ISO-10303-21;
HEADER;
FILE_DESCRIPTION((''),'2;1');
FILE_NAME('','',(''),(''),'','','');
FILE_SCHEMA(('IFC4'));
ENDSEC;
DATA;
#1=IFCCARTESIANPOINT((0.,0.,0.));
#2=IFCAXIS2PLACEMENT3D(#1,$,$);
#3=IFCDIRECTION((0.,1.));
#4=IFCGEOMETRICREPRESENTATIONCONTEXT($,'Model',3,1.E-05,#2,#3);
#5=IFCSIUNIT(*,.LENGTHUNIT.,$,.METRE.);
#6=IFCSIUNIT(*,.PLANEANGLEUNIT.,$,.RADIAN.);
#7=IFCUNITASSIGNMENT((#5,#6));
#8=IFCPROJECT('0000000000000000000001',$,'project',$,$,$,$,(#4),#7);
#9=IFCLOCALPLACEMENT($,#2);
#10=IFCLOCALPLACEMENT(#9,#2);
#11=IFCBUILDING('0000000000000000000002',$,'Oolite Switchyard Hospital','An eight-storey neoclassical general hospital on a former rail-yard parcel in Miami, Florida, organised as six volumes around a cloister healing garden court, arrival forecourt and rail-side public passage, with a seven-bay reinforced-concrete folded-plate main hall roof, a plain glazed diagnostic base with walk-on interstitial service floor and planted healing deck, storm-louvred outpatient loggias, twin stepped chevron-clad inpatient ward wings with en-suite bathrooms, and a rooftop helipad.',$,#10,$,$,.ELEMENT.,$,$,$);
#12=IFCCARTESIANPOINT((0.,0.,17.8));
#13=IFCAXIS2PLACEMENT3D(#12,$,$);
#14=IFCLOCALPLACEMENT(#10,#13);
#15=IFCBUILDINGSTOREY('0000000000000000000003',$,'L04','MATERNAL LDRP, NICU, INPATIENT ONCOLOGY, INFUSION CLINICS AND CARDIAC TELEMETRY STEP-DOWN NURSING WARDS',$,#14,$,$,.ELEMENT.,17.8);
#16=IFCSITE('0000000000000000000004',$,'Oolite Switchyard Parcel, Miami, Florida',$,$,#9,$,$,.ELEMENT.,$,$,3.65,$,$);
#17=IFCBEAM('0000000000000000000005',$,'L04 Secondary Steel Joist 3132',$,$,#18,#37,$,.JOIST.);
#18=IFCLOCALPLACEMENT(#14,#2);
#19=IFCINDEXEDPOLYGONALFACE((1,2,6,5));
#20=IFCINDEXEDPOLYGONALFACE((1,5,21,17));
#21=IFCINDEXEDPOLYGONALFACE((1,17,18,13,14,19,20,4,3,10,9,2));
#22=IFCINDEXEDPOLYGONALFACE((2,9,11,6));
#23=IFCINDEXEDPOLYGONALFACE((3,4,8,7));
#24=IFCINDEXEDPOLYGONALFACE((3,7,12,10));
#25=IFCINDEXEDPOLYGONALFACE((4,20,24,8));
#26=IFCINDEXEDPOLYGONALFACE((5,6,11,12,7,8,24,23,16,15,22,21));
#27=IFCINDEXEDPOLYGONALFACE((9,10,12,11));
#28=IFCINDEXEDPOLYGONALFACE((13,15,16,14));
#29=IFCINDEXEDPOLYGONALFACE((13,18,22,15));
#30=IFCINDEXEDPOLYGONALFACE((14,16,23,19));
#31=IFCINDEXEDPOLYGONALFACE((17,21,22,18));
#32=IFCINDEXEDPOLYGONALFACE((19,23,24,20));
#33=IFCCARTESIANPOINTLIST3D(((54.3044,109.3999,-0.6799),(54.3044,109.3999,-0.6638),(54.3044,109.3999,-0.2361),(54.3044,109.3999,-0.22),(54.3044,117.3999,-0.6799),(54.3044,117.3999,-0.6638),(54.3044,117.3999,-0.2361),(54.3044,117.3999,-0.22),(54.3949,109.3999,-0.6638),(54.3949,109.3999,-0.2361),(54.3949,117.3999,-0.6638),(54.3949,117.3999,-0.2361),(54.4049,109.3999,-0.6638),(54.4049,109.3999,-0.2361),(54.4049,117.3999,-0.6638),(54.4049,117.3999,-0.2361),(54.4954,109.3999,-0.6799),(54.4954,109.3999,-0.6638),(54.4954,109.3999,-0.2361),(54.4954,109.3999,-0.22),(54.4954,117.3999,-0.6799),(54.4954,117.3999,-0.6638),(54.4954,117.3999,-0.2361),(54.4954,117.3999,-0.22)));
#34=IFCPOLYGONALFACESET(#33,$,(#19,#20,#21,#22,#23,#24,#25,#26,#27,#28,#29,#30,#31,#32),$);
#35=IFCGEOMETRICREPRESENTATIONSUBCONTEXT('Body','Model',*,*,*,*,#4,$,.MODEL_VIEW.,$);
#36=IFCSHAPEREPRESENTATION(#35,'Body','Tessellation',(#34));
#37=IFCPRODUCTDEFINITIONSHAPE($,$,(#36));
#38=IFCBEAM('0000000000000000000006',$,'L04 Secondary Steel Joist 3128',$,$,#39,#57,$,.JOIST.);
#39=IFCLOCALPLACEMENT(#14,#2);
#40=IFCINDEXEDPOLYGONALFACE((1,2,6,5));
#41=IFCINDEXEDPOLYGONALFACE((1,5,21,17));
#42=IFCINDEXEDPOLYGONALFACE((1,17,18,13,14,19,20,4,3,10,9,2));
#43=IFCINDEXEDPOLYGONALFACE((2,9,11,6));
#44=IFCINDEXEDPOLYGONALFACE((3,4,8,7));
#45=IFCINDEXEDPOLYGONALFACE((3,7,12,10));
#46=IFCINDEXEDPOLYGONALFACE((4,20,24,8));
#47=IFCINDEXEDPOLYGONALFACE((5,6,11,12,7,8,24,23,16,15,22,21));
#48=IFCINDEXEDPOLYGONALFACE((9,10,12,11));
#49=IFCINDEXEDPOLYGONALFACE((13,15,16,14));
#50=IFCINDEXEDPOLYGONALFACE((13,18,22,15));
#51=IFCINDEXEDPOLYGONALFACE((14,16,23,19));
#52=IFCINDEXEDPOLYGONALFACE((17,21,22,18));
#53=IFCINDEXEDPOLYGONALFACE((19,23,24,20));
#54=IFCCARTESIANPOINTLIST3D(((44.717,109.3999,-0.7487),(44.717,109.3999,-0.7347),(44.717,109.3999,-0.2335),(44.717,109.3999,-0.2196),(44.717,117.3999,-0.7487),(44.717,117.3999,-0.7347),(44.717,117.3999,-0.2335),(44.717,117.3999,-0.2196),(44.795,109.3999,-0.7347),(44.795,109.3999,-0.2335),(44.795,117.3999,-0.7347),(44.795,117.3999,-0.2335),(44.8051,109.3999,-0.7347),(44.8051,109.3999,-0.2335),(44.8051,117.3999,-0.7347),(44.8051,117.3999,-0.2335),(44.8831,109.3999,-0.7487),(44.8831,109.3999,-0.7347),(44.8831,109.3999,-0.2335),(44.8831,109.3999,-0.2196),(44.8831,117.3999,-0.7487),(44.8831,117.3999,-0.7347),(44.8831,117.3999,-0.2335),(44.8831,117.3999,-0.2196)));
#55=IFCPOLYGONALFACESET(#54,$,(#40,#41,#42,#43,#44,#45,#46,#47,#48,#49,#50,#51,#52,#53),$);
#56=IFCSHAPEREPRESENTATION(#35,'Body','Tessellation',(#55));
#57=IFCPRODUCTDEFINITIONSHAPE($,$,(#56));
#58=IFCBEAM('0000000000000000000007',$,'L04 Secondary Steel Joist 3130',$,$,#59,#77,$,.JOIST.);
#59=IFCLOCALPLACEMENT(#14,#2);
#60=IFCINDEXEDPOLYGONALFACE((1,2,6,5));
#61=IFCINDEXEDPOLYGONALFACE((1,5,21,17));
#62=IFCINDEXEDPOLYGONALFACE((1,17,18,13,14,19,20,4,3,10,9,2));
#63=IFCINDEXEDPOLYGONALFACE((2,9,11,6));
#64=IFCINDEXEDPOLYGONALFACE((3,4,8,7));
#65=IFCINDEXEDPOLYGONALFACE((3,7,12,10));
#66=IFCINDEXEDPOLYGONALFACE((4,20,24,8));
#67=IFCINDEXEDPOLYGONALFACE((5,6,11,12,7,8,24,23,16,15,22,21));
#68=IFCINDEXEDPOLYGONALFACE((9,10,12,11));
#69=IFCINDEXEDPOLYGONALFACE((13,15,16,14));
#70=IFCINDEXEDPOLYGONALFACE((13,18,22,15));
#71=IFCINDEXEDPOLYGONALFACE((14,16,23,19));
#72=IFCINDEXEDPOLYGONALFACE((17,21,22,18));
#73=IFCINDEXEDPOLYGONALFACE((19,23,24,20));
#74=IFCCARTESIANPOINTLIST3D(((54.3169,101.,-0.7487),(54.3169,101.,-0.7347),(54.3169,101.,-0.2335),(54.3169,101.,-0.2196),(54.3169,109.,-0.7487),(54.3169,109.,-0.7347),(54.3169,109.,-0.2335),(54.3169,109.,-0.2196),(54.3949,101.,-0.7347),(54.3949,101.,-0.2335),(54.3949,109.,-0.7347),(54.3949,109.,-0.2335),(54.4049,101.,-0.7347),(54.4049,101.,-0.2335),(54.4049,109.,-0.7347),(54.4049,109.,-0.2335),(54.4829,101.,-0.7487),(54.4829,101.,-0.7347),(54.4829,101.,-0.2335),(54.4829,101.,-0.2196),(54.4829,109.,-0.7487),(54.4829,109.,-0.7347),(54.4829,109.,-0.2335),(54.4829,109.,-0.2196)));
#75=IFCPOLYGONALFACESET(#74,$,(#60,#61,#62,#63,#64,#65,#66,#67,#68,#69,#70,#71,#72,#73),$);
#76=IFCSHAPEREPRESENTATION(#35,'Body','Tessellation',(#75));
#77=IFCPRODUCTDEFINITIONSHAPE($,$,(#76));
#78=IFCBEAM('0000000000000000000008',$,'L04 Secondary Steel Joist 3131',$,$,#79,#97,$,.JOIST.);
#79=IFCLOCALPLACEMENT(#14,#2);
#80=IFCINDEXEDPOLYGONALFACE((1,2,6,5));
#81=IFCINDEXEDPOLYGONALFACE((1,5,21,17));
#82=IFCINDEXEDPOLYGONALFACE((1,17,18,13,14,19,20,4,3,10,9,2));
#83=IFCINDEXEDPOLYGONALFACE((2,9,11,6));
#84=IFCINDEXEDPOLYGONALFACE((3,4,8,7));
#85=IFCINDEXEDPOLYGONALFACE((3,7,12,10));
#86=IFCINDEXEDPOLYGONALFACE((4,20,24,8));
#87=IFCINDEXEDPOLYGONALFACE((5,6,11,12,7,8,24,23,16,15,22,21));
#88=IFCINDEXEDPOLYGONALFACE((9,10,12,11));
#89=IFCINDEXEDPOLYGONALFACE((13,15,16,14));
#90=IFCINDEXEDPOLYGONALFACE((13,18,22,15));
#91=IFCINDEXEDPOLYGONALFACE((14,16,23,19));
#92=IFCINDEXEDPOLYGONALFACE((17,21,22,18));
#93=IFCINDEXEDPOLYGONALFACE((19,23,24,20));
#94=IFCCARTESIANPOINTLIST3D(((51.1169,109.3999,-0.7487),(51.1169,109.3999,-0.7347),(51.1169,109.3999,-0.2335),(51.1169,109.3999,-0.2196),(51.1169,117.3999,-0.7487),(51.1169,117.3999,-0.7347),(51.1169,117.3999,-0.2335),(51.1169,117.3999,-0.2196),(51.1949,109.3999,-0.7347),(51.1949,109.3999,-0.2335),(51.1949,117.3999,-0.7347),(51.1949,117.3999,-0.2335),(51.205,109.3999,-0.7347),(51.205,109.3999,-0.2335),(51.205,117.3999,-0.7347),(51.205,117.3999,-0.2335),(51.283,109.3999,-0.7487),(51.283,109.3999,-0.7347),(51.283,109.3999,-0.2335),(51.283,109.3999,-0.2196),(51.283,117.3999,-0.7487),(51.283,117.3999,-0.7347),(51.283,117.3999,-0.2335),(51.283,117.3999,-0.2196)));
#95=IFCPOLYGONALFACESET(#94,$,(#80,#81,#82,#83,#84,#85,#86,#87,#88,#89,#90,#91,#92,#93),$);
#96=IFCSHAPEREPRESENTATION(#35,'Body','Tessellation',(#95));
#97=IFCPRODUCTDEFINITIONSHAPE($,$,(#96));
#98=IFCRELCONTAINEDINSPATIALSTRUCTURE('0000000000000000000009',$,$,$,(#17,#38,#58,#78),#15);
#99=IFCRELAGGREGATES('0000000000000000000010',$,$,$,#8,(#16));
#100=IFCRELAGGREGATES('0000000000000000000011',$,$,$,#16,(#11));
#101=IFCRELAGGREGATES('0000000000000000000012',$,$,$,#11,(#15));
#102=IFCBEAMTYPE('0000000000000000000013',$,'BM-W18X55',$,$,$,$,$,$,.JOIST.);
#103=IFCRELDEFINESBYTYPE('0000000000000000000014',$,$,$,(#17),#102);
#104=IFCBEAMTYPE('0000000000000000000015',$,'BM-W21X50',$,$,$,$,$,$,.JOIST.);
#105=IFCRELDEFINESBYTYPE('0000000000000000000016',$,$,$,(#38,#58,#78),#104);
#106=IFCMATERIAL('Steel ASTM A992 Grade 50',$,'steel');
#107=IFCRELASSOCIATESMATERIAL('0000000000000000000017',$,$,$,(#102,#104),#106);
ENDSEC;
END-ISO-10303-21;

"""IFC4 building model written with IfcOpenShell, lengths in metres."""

from ifc_helpers import new_model, si_unit, direction, frame, origin, origin_2d, place, context, subcontext, project, spatial, i_section, extrude, material, material_profile, profile_set, type_object, element, save


model = new_model("IFC4")

# Units and contexts
model_context = context("Model", 3, precision=1e-05, world=origin(), true_north=direction((0.0, 1.0)))
body_context = subcontext(model_context, "Body", "Model", "MODEL_VIEW")
ifc_project = project(units=[si_unit("LENGTHUNIT", "METRE"), si_unit("PLANEANGLEUNIT", "RADIAN")], contexts=[model_context])

# Site, building, storey
site_placement = place(None, origin())
site = spatial("IfcSite", under=ifc_project, at=site_placement, Name="Oolite Switchyard Parcel, Miami, Florida", CompositionType="ELEMENT", RefElevation=3.65)
building_placement = place(site_placement, origin())
building = spatial("IfcBuilding", under=site, at=building_placement, Name="Oolite Switchyard Hospital", Description="An eight-storey neoclassical general hospital on a former rail-yard parcel in Miami, Florida, organised as six volumes around a cloister healing garden court, arrival forecourt and rail-side public passage, with a seven-bay reinforced-concrete folded-plate main hall roof, a plain glazed diagnostic base with walk-on interstitial service floor and planted healing deck, storm-louvred outpatient loggias, twin stepped chevron-clad inpatient ward wings with en-suite bathrooms, and a rooftop helipad.", CompositionType="ELEMENT")
storey_placement = place(building_placement, frame((0.0, 0.0, 17.8)))
storey = spatial("IfcBuildingStorey", under=building, at=storey_placement, Name="L04", Description="MATERNAL LDRP, NICU, INPATIENT ONCOLOGY, INFUSION CLINICS AND CARDIAC TELEMETRY STEP-DOWN NURSING WARDS", CompositionType="ELEMENT", Elevation=17.8)

# Beams
ifc_material_1 = material(Name="Steel ASTM A992 Grade 50", Category="steel")
ifc_material_profile_1 = material_profile(ifc_material_1, i_section(OverallWidth=0.1909, OverallDepth=0.46, WebThickness=0.01, FlangeThickness=0.0161, at=origin_2d()), Name="W18X55")
ifc_profile_set_1 = profile_set([ifc_material_profile_1], Name="Steel ASTM A992 Grade 50")
beam_type_1 = type_object("IfcBeamType", Name="BM-W18X55", PredefinedType="JOIST", material=ifc_profile_set_1)
beam_1_placement = place(storey_placement, frame((54.3999, 109.3999, -0.45), z_axis=(0.0, 1.0, 0.0), x_axis=(-1.0, 0.0, 0.0)))
element("IfcBeam", 1, at=beam_1_placement, inside=storey, type_object=beam_type_1, Name="L04 Secondary Steel Joist 3132", PredefinedType="JOIST", context=body_context, shape_type="SweptSolid", body=[
    extrude(i_section(OverallWidth=0.1909, OverallDepth=0.46, WebThickness=0.01, FlangeThickness=0.0161, at=origin_2d()), origin(), (0.0, 0.0, 1.0), 8.0),
])
ifc_material_profile_2 = material_profile(ifc_material_1, i_section(OverallWidth=0.166, OverallDepth=0.5291, WebThickness=0.01, FlangeThickness=0.0139, at=origin_2d()), Name="W21X50")
ifc_profile_set_2 = profile_set([ifc_material_profile_2], Name="Steel ASTM A992 Grade 50")
beam_type_2 = type_object("IfcBeamType", Name="BM-W21X50", PredefinedType="JOIST", material=ifc_profile_set_2)
for number, where, z_axis, x_axis, name in (
    (2, (44.8, 109.3999, -0.4841), (0.0, 1.0, 0.0), (-1.0, 0.0, 0.0), "L04 Secondary Steel Joist 3128"),
    (3, (54.3999, 101.0, -0.4841), (0.0, 1.0, 0.0), (-1.0, 0.0, 0.0), "L04 Secondary Steel Joist 3130"),
    (4, (51.2, 109.3999, -0.4841), (0.0, 1.0, 0.0), (-1.0, 0.0, 0.0), "L04 Secondary Steel Joist 3131"),
):
    element("IfcBeam", number, at=place(storey_placement, frame(where, z_axis=z_axis, x_axis=x_axis)), inside=storey, type_object=beam_type_2, Name=name, PredefinedType="JOIST", context=body_context, shape_type="SweptSolid", body=[
        extrude(i_section(OverallWidth=0.166, OverallDepth=0.5291, WebThickness=0.01, FlangeThickness=0.0139, at=origin_2d()), origin(), (0.0, 0.0, 1.0), 8.0),
    ])

save(model, "model.ifc")
